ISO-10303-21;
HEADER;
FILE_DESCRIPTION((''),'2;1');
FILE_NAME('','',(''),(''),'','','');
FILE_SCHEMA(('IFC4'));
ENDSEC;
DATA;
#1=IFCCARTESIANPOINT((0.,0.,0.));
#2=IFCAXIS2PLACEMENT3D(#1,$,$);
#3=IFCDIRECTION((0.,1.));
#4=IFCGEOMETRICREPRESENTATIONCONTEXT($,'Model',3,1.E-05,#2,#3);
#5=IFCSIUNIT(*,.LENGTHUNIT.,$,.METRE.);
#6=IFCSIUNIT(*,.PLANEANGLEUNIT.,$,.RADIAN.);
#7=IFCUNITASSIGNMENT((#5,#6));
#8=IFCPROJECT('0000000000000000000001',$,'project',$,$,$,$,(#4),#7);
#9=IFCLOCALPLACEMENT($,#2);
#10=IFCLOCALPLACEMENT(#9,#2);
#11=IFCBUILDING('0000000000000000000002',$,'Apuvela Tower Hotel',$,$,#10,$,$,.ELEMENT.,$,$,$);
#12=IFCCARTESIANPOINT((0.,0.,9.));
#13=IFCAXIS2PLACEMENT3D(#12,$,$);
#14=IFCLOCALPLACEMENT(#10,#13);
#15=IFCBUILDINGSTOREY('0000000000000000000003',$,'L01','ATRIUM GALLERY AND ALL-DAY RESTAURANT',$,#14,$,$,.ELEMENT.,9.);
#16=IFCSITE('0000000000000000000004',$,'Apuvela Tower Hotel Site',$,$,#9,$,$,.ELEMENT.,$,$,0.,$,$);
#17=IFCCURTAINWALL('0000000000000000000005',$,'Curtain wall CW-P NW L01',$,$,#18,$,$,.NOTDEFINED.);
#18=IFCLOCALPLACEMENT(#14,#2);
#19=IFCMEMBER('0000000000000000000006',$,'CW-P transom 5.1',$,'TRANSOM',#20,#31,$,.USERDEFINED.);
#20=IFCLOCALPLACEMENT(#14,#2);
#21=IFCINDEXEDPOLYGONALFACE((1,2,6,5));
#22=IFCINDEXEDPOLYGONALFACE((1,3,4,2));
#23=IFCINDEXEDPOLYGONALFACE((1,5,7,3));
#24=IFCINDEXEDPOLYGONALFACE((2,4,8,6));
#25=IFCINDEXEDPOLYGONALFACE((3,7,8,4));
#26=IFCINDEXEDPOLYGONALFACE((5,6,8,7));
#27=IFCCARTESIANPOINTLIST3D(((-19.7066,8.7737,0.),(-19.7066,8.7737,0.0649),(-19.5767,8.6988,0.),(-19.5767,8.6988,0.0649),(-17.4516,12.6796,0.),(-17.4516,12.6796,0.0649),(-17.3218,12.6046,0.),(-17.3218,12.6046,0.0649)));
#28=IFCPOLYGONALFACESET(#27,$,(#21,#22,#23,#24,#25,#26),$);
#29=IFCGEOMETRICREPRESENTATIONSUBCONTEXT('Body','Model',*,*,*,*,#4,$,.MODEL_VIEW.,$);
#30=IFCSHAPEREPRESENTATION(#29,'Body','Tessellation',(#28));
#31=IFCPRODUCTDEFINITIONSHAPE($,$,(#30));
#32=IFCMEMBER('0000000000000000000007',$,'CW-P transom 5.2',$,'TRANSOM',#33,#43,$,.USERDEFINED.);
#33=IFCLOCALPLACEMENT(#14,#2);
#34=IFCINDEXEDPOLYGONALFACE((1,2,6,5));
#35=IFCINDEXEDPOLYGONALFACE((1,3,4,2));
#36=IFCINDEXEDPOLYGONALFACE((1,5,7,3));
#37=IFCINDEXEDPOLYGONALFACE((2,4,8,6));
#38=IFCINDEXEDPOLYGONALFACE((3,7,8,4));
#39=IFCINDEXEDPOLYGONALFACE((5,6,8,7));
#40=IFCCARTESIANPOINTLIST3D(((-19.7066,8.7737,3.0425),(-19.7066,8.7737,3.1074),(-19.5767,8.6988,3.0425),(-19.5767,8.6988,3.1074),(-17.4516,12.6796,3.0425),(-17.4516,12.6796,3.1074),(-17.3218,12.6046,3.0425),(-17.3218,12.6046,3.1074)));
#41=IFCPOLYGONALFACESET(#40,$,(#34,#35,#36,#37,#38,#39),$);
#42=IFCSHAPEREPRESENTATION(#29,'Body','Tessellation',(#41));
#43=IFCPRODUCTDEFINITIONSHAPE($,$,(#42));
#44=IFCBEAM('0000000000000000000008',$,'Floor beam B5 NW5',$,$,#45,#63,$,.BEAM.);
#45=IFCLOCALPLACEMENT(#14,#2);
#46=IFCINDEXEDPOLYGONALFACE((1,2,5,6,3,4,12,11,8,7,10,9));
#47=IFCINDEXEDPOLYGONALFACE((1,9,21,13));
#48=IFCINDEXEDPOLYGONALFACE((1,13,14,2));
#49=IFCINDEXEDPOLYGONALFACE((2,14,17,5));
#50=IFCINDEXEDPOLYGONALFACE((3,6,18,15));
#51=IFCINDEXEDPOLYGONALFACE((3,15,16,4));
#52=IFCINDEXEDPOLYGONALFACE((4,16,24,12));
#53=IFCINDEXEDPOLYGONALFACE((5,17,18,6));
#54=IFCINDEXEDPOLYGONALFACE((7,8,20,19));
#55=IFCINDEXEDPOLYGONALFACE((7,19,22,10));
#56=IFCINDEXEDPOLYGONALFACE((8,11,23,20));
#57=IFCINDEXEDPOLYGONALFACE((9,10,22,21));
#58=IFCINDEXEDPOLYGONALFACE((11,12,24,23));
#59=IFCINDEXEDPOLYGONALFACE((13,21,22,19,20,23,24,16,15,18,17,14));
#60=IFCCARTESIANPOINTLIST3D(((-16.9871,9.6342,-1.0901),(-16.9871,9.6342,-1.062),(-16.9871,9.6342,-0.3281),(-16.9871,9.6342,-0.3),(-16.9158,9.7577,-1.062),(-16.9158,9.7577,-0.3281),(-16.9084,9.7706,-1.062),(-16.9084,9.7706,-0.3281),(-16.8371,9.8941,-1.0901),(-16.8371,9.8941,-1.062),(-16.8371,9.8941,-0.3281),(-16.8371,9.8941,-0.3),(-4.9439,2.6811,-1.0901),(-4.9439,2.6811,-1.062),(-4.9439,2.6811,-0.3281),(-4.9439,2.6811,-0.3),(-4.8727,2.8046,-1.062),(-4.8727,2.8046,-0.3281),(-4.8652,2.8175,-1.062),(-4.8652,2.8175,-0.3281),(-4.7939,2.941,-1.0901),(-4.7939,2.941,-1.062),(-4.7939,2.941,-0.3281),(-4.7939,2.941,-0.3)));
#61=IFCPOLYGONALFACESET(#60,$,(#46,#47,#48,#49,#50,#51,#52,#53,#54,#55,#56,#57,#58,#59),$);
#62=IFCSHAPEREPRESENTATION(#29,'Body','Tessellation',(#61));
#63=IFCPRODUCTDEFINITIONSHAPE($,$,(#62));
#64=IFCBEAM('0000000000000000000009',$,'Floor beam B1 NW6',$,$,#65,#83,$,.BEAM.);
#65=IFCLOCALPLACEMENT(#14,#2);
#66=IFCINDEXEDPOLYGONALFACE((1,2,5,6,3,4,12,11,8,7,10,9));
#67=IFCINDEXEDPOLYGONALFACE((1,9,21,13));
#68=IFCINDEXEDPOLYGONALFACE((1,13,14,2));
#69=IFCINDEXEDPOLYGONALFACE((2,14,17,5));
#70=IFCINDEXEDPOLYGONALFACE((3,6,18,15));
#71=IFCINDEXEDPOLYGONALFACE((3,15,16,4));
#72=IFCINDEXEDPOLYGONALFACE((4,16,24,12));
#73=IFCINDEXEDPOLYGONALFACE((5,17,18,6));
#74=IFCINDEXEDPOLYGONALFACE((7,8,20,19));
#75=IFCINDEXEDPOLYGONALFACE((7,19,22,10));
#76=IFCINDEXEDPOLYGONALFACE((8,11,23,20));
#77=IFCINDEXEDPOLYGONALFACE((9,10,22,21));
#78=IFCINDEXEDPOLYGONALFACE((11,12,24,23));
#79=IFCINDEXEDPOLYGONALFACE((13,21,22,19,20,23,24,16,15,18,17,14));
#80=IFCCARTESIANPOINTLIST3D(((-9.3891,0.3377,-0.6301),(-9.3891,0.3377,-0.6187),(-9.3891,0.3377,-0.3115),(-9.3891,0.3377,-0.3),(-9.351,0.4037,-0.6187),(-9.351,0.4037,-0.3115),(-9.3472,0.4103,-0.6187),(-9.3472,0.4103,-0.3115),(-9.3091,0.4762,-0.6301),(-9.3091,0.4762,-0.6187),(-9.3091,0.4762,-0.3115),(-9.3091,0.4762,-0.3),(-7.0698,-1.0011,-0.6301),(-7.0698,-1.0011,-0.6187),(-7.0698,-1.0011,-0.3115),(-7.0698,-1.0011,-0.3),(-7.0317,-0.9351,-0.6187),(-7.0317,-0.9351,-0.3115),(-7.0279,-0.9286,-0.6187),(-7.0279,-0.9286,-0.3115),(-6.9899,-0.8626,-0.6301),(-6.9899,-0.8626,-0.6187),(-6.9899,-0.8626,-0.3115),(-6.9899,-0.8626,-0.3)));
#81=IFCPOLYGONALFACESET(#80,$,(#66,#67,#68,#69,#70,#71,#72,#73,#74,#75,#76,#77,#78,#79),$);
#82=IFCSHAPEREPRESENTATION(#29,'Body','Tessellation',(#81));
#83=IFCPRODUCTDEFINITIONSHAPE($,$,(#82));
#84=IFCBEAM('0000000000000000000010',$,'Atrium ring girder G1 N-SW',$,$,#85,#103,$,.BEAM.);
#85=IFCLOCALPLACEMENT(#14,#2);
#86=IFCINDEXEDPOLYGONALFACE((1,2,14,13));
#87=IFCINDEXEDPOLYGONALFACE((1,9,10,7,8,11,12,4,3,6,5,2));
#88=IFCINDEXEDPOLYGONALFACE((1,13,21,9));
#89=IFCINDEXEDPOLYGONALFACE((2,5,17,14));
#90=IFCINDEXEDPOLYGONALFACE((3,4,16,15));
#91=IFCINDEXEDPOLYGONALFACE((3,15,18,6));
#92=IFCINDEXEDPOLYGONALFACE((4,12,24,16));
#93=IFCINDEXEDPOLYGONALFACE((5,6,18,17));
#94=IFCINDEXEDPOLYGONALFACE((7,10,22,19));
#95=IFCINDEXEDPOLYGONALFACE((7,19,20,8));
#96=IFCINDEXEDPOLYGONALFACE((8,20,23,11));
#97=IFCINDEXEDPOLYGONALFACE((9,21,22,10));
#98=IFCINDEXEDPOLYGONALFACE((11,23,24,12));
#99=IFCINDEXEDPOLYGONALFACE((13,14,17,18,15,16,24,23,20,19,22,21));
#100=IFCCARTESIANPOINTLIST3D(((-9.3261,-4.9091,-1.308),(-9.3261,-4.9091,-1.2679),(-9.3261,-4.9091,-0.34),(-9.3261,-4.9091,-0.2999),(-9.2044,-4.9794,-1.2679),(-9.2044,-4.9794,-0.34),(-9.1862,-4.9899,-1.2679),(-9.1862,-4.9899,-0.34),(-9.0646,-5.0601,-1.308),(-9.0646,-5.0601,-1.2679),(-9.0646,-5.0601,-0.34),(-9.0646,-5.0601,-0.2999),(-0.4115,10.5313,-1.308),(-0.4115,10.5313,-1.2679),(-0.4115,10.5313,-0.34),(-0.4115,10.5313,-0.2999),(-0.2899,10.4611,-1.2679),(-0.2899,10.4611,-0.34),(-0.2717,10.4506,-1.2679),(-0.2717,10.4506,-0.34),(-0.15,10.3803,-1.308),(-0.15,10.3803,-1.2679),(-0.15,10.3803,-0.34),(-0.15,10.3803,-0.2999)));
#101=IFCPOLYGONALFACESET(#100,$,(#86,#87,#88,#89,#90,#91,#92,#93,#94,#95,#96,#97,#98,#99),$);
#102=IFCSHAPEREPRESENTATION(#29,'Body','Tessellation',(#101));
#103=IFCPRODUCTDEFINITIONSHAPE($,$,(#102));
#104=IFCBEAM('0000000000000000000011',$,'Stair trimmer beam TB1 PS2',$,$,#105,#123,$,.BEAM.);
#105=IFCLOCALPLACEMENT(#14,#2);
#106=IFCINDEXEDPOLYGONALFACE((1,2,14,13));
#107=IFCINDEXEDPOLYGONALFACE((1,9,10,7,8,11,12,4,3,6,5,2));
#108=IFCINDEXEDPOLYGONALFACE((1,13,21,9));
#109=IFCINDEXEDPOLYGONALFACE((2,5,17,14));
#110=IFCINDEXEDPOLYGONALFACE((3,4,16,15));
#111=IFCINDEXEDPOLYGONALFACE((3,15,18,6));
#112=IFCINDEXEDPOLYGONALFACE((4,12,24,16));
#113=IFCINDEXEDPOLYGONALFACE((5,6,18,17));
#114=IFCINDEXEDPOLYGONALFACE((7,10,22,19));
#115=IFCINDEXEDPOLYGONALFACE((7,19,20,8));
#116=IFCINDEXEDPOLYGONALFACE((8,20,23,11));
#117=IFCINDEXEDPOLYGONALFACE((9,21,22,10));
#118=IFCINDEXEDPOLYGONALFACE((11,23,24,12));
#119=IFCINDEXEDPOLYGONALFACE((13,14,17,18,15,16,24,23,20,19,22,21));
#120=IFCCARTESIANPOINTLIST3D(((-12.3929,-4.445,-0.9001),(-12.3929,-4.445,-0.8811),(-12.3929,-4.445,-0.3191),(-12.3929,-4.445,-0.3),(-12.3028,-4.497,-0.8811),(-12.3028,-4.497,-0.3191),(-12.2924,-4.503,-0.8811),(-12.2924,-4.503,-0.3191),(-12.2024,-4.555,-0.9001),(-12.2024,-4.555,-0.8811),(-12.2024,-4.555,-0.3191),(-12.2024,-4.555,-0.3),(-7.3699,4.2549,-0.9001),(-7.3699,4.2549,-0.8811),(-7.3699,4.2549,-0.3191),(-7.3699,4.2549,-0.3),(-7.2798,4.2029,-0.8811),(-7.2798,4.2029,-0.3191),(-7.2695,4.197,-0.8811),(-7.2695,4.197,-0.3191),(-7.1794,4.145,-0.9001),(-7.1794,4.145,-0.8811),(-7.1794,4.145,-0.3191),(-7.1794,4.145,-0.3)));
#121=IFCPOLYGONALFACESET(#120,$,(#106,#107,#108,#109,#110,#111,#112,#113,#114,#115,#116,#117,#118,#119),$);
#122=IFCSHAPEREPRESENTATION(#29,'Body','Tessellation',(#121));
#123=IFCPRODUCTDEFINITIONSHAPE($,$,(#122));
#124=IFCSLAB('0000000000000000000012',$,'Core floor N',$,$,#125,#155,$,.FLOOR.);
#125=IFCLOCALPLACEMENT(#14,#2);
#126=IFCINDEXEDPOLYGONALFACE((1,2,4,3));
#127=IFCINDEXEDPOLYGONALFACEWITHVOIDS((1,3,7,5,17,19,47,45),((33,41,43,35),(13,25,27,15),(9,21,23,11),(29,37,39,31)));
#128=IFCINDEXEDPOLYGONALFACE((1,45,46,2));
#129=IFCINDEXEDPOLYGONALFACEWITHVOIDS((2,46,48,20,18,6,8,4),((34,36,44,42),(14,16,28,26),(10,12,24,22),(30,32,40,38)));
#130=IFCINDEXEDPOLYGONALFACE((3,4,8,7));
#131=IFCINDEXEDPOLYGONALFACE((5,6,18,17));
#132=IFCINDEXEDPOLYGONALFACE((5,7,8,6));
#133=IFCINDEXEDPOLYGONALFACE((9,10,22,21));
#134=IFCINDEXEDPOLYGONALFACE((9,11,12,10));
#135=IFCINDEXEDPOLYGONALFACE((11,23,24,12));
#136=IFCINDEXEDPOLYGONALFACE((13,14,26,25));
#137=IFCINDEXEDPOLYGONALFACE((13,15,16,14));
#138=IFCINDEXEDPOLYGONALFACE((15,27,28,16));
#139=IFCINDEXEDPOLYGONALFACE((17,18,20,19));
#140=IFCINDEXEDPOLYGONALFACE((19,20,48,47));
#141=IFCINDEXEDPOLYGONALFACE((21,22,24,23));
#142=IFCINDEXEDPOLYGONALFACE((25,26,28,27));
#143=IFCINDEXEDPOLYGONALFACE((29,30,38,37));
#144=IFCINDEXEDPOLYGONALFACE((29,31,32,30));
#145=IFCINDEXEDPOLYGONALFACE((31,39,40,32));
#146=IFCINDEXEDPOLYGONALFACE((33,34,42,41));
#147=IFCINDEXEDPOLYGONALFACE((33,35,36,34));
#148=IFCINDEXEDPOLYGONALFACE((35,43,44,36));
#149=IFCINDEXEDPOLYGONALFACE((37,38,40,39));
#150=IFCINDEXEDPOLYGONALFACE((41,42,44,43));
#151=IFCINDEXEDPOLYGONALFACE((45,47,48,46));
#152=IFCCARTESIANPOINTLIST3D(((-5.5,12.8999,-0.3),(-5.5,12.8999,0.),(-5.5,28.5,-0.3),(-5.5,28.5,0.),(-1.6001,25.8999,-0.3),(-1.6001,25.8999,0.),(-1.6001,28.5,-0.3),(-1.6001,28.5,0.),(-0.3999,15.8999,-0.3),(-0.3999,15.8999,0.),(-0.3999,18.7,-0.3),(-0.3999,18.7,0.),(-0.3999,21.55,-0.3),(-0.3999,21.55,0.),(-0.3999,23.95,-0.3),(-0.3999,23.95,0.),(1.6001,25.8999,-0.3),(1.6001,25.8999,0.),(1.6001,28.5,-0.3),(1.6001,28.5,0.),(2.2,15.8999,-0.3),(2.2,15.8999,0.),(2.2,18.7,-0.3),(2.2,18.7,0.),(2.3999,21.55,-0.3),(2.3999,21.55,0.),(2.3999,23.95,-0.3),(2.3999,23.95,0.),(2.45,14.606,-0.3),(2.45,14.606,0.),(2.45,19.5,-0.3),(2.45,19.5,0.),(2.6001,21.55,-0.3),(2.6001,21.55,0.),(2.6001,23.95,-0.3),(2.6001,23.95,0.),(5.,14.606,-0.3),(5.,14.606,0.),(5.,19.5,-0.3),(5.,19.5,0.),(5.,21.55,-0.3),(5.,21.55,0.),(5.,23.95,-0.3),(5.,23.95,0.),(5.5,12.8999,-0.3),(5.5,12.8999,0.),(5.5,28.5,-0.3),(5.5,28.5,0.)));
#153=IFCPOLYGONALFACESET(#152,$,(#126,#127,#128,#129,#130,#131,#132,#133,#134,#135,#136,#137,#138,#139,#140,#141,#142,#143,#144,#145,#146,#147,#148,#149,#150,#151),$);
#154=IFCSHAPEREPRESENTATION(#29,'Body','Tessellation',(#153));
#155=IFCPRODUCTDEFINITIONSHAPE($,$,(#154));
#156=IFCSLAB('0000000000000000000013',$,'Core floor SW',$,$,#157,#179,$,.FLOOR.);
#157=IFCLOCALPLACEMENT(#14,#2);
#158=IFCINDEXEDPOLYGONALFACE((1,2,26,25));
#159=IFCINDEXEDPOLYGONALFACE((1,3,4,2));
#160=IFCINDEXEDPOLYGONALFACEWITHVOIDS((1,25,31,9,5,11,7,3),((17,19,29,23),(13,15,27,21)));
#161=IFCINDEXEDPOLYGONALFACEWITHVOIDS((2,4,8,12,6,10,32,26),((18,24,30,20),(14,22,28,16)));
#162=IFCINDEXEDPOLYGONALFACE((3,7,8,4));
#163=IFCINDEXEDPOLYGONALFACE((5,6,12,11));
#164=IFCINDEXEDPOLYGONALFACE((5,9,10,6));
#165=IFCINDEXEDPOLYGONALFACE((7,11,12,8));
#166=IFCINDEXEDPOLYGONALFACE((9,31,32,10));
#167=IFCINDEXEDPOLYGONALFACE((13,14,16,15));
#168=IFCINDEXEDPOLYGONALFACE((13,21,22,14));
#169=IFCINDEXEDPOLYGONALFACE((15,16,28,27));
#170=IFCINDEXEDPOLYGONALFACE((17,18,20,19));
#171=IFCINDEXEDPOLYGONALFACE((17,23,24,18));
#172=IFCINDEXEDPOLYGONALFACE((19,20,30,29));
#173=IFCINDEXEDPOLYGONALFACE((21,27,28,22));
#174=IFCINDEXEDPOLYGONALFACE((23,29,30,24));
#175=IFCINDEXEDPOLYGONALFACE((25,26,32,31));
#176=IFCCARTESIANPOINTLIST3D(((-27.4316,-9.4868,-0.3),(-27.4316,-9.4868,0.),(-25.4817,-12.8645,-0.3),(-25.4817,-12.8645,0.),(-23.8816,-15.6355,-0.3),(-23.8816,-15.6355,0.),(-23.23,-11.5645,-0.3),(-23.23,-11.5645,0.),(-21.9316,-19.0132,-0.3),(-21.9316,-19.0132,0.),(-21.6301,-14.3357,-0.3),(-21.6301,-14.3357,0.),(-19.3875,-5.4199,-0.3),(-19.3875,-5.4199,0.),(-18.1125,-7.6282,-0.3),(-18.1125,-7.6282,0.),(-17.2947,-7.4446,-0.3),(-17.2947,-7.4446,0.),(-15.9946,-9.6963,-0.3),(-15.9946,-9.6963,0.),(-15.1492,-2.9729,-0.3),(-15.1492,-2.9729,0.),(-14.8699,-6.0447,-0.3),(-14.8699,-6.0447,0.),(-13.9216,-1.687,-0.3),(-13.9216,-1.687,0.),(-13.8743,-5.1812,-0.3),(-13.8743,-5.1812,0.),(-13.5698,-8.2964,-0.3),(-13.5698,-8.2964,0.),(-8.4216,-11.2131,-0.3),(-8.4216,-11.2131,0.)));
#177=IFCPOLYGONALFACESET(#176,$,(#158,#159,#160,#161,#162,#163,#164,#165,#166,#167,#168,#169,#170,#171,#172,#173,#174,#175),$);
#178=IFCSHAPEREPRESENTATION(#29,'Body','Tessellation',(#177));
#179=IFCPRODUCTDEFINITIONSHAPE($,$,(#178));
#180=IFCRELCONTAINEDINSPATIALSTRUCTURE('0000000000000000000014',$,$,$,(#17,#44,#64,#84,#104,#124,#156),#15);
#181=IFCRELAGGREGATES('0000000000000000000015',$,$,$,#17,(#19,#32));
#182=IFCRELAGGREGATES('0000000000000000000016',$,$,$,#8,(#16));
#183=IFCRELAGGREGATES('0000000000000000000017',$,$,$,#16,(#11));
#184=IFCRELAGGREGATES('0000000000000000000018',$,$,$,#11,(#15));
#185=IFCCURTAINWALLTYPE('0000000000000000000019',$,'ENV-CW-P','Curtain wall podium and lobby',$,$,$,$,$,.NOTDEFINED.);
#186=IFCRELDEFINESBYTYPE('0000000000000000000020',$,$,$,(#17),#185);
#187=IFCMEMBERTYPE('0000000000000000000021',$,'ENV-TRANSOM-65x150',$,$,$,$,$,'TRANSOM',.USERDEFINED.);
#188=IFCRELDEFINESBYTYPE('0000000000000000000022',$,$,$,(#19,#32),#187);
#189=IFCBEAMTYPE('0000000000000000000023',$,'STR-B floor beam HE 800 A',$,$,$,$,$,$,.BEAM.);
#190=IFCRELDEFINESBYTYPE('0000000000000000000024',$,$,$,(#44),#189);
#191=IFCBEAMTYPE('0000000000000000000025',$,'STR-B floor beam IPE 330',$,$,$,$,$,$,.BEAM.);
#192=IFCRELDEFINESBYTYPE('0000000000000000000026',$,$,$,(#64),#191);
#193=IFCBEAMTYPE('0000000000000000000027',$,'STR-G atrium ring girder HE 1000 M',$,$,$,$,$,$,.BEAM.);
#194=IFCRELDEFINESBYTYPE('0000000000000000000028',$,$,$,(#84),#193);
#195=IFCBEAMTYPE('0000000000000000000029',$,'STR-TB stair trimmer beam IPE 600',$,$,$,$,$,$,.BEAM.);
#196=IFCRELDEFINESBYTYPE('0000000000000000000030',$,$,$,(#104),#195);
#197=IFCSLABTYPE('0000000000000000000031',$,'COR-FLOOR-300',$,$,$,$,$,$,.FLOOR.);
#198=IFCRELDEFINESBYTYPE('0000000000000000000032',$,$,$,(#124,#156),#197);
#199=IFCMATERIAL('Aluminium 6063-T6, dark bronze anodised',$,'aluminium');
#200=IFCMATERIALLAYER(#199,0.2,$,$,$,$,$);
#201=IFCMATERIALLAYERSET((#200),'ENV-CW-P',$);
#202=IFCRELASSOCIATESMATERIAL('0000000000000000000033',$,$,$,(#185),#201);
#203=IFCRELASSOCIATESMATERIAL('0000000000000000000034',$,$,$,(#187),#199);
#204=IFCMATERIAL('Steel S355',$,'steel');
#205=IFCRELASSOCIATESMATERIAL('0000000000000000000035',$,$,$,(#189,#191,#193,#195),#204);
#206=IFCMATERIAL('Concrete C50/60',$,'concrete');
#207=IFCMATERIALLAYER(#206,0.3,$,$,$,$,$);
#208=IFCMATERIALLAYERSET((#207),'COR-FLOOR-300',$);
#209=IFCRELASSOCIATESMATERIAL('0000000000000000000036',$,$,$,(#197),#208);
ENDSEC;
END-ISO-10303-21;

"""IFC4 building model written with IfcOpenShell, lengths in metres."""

from ifc_helpers import new_model, si_unit, direction, frame, origin, origin_2d, place, context, subcontext, project, spatial, polyline, rectangle, i_section, outline, extrude, material, layer, layer_set, material_profile, profile_set, type_object, element, aggregate, save


model = new_model("IFC4")

# Units and contexts
model_context = context("Model", 3, precision=1e-05, world=origin(), true_north=direction((0.0, 1.0)))
body_context = subcontext(model_context, "Body", "Model", "MODEL_VIEW")
ifc_project = project(units=[si_unit("LENGTHUNIT", "METRE"), si_unit("PLANEANGLEUNIT", "RADIAN")], contexts=[model_context])

# Site, building, storey
site_placement = place(None, origin())
site = spatial("IfcSite", under=ifc_project, at=site_placement, Name="Apuvela Tower Hotel Site", CompositionType="ELEMENT", RefElevation=0.0)
building_placement = place(site_placement, origin())
building = spatial("IfcBuilding", under=site, at=building_placement, Name="Apuvela Tower Hotel", CompositionType="ELEMENT")
storey_placement = place(building_placement, frame((0.0, 0.0, 9.0)))
storey = spatial("IfcBuildingStorey", under=building, at=storey_placement, Name="L01", Description="ATRIUM GALLERY AND ALL-DAY RESTAURANT", CompositionType="ELEMENT", Elevation=9.0)

# Curtain wall, members
ifc_material_1 = material(Name="Aluminium 6063-T6, dark bronze anodised", Category="aluminium")
ifc_layer_1 = layer(ifc_material_1, 0.2)
ifc_layer_set_1 = layer_set([ifc_layer_1], Name="ENV-CW-P")
curtain_wall_type = type_object("IfcCurtainWallType", Name="ENV-CW-P", Description="Curtain wall podium and lobby", PredefinedType="NOTDEFINED", material=ifc_layer_set_1)
curtain_wall_placement = place(storey_placement, origin())
curtain_wall = element("IfcCurtainWall", 1, at=curtain_wall_placement, inside=storey, type_object=curtain_wall_type, Name="Curtain wall CW-P NW L01", PredefinedType="NOTDEFINED")
ifc_material_profile_1 = material_profile(ifc_material_1, rectangle(XDim=0.1499, YDim=0.0649, at=origin_2d()), Name="AL 65x150 transom")
ifc_profile_set_1 = profile_set([ifc_material_profile_1], Name="Aluminium 6063-T6, dark bronze anodised")
member_type = type_object("IfcMemberType", Name="ENV-TRANSOM-65x150", ElementType="TRANSOM", PredefinedType="USERDEFINED", material=ifc_profile_set_1)
member_1_placement = place(storey_placement, frame((-17.3867, 12.6421, 0.0325), z_axis=(-0.499982, -0.866036, 0.0), x_axis=(0.866036, -0.499982, 0.0)))
member_1 = element("IfcMember", 2, at=member_1_placement, type_object=member_type, Name="CW-P transom 5.1", ObjectType="TRANSOM", PredefinedType="USERDEFINED", context=body_context, shape_type="SweptSolid", body=[
    extrude(rectangle(XDim=0.1499, YDim=0.0649, at=origin_2d()), origin(), (0.0, 0.0, 1.0), 4.51),
])
member_2_placement = place(storey_placement, frame((-17.3867, 12.6421, 3.075), z_axis=(-0.499982, -0.866036, 0.0), x_axis=(0.866036, -0.499982, 0.0)))
member_2 = element("IfcMember", 3, at=member_2_placement, type_object=member_type, Name="CW-P transom 5.2", ObjectType="TRANSOM", PredefinedType="USERDEFINED", context=body_context, shape_type="SweptSolid", body=[
    extrude(rectangle(XDim=0.1499, YDim=0.0649, at=origin_2d()), origin(), (0.0, 0.0, 1.0), 4.51),
])
aggregate(curtain_wall, [member_1, member_2])

# Beams
ifc_material_2 = material(Name="Steel S355", Category="steel")
ifc_material_profile_2 = material_profile(ifc_material_2, i_section(OverallWidth=0.3, OverallDepth=0.79, WebThickness=0.0149, FlangeThickness=0.0281, at=origin_2d()), Name="HE 800 A")
ifc_profile_set_2 = profile_set([ifc_material_profile_2], Name="Steel S355")
beam_type_1 = type_object("IfcBeamType", Name="STR-B floor beam HE 800 A", PredefinedType="BEAM", material=ifc_profile_set_2)
beam_1_placement = place(storey_placement, frame((-16.9121, 9.7642, -0.6951), z_axis=(0.866026, -0.499999, 0.0), x_axis=(0.499999, 0.866026, 0.0)))
element("IfcBeam", 4, at=beam_1_placement, inside=storey, type_object=beam_type_1, Name="Floor beam B5 NW5", PredefinedType="BEAM", context=body_context, shape_type="SweptSolid", body=[
    extrude(i_section(OverallWidth=0.3, OverallDepth=0.79, WebThickness=0.0149, FlangeThickness=0.0281, at=origin_2d()), origin(), (0.0, 0.0, 1.0), 13.9062),
])
ifc_material_profile_3 = material_profile(ifc_material_2, i_section(OverallWidth=0.1599, OverallDepth=0.3301, WebThickness=0.0076, FlangeThickness=0.0115, at=origin_2d()), Name="IPE 330")
ifc_profile_set_3 = profile_set([ifc_material_profile_3], Name="Steel S355")
beam_type_2 = type_object("IfcBeamType", Name="STR-B floor beam IPE 330", PredefinedType="BEAM", material=ifc_profile_set_3)
beam_2_placement = place(storey_placement, frame((-9.3491, 0.407, -0.4651), z_axis=(0.866058, -0.499943, 0.0), x_axis=(0.499943, 0.866058, 0.0)))
element("IfcBeam", 5, at=beam_2_placement, inside=storey, type_object=beam_type_2, Name="Floor beam B1 NW6", PredefinedType="BEAM", context=body_context, shape_type="SweptSolid", body=[
    extrude(i_section(OverallWidth=0.1599, OverallDepth=0.3301, WebThickness=0.0076, FlangeThickness=0.0115, at=origin_2d()), origin(), (0.0, 0.0, 1.0), 2.678),
])
ifc_material_profile_4 = material_profile(ifc_material_2, i_section(OverallWidth=0.302, OverallDepth=1.0081, WebThickness=0.021, FlangeThickness=0.04, at=origin_2d()), Name="HE 1000 M")
ifc_profile_set_4 = profile_set([ifc_material_profile_4], Name="Steel S355")
beam_type_3 = type_object("IfcBeamType", Name="STR-G atrium ring girder HE 1000 M", PredefinedType="BEAM", material=ifc_profile_set_4)
beam_3_placement = place(storey_placement, frame((-0.2808, 10.4558, -0.804), z_axis=(-0.500001, -0.866025, 0.0), x_axis=(0.866025, -0.500001, 0.0)))
element("IfcBeam", 6, at=beam_3_placement, inside=storey, type_object=beam_type_3, Name="Atrium ring girder G1 N-SW", PredefinedType="BEAM", context=body_context, shape_type="SweptSolid", body=[
    extrude(i_section(OverallWidth=0.302, OverallDepth=1.0081, WebThickness=0.021, FlangeThickness=0.04, at=origin_2d()), origin(), (0.0, 0.0, 1.0), 17.8291),
])
ifc_material_profile_5 = material_profile(ifc_material_2, i_section(OverallWidth=0.22, OverallDepth=0.6001, WebThickness=0.012, FlangeThickness=0.019, at=origin_2d()), Name="IPE 600")
ifc_profile_set_5 = profile_set([ifc_material_profile_5], Name="Steel S355")
beam_type_4 = type_object("IfcBeamType", Name="STR-TB stair trimmer beam IPE 600", PredefinedType="BEAM", material=ifc_profile_set_5)
beam_4_placement = place(storey_placement, frame((-7.2747, 4.2, -0.6001), z_axis=(-0.500002, -0.866024, 0.0), x_axis=(0.866024, -0.500002, 0.0)))
element("IfcBeam", 7, at=beam_4_placement, inside=storey, type_object=beam_type_4, Name="Stair trimmer beam TB1 PS2", PredefinedType="BEAM", context=body_context, shape_type="SweptSolid", body=[
    extrude(i_section(OverallWidth=0.22, OverallDepth=0.6001, WebThickness=0.012, FlangeThickness=0.019, at=origin_2d()), origin(), (0.0, 0.0, 1.0), 10.0459),
])

# Slabs
ifc_material_3 = material(Name="Concrete C50/60", Category="concrete")
ifc_layer_2 = layer(ifc_material_3, 0.3)
ifc_layer_set_2 = layer_set([ifc_layer_2], Name="COR-FLOOR-300")
slab_type_1 = type_object("IfcSlabType", Name="COR-FLOOR-300", PredefinedType="FLOOR", material=ifc_layer_set_2)
slab_1_placement = place(storey_placement, frame((0.0, 0.0, -0.3)))
element("IfcSlab", 8, at=slab_1_placement, inside=storey, type_object=slab_type_1, Name="Core floor N", PredefinedType="FLOOR", context=body_context, shape_type="SweptSolid", body=[
    extrude(outline(polyline([(5.5, 28.5), (1.6001, 28.5), (1.6001, 25.8999), (-1.6001, 25.8999), (-1.6001, 28.5), (-5.5, 28.5), (-5.5, 12.8999), (5.5, 12.8999), (5.5, 28.5)]), holes=[polyline([(5.0, 14.606), (2.45, 14.606), (2.45, 19.5), (5.0, 19.5), (5.0, 14.606)]), polyline([(2.2, 15.8999), (-0.3999, 15.8999), (-0.3999, 18.7), (2.2, 18.7), (2.2, 15.8999)]), polyline([(5.0, 21.55), (2.6001, 21.55), (2.6001, 23.95), (5.0, 23.95), (5.0, 21.55)]), polyline([(2.3999, 21.55), (-0.3999, 21.55), (-0.3999, 23.95), (2.3999, 23.95), (2.3999, 21.55)])]), origin(), (0.0, 0.0, 1.0), 0.3),
])
slab_2_placement = place(storey_placement, frame((0.0, 0.0, -0.3)))
element("IfcSlab", 9, at=slab_2_placement, inside=storey, type_object=slab_type_1, Name="Core floor SW", PredefinedType="FLOOR", context=body_context, shape_type="SweptSolid", body=[
    extrude(outline(polyline([(-27.4316, -9.4868), (-25.4817, -12.8645), (-23.23, -11.5645), (-21.6301, -14.3357), (-23.8816, -15.6355), (-21.9316, -19.0132), (-8.4216, -11.2131), (-13.9216, -1.687), (-27.4316, -9.4868)]), holes=[polyline([(-13.8743, -5.1812), (-18.1125, -7.6282), (-19.3875, -5.4199), (-15.1492, -2.9729), (-13.8743, -5.1812)]), polyline([(-13.5698, -8.2964), (-15.9946, -9.6963), (-17.2947, -7.4446), (-14.8699, -6.0447), (-13.5698, -8.2964)])]), origin(), (0.0, 0.0, 1.0), 0.3),
])

save(model, "model.ifc")
